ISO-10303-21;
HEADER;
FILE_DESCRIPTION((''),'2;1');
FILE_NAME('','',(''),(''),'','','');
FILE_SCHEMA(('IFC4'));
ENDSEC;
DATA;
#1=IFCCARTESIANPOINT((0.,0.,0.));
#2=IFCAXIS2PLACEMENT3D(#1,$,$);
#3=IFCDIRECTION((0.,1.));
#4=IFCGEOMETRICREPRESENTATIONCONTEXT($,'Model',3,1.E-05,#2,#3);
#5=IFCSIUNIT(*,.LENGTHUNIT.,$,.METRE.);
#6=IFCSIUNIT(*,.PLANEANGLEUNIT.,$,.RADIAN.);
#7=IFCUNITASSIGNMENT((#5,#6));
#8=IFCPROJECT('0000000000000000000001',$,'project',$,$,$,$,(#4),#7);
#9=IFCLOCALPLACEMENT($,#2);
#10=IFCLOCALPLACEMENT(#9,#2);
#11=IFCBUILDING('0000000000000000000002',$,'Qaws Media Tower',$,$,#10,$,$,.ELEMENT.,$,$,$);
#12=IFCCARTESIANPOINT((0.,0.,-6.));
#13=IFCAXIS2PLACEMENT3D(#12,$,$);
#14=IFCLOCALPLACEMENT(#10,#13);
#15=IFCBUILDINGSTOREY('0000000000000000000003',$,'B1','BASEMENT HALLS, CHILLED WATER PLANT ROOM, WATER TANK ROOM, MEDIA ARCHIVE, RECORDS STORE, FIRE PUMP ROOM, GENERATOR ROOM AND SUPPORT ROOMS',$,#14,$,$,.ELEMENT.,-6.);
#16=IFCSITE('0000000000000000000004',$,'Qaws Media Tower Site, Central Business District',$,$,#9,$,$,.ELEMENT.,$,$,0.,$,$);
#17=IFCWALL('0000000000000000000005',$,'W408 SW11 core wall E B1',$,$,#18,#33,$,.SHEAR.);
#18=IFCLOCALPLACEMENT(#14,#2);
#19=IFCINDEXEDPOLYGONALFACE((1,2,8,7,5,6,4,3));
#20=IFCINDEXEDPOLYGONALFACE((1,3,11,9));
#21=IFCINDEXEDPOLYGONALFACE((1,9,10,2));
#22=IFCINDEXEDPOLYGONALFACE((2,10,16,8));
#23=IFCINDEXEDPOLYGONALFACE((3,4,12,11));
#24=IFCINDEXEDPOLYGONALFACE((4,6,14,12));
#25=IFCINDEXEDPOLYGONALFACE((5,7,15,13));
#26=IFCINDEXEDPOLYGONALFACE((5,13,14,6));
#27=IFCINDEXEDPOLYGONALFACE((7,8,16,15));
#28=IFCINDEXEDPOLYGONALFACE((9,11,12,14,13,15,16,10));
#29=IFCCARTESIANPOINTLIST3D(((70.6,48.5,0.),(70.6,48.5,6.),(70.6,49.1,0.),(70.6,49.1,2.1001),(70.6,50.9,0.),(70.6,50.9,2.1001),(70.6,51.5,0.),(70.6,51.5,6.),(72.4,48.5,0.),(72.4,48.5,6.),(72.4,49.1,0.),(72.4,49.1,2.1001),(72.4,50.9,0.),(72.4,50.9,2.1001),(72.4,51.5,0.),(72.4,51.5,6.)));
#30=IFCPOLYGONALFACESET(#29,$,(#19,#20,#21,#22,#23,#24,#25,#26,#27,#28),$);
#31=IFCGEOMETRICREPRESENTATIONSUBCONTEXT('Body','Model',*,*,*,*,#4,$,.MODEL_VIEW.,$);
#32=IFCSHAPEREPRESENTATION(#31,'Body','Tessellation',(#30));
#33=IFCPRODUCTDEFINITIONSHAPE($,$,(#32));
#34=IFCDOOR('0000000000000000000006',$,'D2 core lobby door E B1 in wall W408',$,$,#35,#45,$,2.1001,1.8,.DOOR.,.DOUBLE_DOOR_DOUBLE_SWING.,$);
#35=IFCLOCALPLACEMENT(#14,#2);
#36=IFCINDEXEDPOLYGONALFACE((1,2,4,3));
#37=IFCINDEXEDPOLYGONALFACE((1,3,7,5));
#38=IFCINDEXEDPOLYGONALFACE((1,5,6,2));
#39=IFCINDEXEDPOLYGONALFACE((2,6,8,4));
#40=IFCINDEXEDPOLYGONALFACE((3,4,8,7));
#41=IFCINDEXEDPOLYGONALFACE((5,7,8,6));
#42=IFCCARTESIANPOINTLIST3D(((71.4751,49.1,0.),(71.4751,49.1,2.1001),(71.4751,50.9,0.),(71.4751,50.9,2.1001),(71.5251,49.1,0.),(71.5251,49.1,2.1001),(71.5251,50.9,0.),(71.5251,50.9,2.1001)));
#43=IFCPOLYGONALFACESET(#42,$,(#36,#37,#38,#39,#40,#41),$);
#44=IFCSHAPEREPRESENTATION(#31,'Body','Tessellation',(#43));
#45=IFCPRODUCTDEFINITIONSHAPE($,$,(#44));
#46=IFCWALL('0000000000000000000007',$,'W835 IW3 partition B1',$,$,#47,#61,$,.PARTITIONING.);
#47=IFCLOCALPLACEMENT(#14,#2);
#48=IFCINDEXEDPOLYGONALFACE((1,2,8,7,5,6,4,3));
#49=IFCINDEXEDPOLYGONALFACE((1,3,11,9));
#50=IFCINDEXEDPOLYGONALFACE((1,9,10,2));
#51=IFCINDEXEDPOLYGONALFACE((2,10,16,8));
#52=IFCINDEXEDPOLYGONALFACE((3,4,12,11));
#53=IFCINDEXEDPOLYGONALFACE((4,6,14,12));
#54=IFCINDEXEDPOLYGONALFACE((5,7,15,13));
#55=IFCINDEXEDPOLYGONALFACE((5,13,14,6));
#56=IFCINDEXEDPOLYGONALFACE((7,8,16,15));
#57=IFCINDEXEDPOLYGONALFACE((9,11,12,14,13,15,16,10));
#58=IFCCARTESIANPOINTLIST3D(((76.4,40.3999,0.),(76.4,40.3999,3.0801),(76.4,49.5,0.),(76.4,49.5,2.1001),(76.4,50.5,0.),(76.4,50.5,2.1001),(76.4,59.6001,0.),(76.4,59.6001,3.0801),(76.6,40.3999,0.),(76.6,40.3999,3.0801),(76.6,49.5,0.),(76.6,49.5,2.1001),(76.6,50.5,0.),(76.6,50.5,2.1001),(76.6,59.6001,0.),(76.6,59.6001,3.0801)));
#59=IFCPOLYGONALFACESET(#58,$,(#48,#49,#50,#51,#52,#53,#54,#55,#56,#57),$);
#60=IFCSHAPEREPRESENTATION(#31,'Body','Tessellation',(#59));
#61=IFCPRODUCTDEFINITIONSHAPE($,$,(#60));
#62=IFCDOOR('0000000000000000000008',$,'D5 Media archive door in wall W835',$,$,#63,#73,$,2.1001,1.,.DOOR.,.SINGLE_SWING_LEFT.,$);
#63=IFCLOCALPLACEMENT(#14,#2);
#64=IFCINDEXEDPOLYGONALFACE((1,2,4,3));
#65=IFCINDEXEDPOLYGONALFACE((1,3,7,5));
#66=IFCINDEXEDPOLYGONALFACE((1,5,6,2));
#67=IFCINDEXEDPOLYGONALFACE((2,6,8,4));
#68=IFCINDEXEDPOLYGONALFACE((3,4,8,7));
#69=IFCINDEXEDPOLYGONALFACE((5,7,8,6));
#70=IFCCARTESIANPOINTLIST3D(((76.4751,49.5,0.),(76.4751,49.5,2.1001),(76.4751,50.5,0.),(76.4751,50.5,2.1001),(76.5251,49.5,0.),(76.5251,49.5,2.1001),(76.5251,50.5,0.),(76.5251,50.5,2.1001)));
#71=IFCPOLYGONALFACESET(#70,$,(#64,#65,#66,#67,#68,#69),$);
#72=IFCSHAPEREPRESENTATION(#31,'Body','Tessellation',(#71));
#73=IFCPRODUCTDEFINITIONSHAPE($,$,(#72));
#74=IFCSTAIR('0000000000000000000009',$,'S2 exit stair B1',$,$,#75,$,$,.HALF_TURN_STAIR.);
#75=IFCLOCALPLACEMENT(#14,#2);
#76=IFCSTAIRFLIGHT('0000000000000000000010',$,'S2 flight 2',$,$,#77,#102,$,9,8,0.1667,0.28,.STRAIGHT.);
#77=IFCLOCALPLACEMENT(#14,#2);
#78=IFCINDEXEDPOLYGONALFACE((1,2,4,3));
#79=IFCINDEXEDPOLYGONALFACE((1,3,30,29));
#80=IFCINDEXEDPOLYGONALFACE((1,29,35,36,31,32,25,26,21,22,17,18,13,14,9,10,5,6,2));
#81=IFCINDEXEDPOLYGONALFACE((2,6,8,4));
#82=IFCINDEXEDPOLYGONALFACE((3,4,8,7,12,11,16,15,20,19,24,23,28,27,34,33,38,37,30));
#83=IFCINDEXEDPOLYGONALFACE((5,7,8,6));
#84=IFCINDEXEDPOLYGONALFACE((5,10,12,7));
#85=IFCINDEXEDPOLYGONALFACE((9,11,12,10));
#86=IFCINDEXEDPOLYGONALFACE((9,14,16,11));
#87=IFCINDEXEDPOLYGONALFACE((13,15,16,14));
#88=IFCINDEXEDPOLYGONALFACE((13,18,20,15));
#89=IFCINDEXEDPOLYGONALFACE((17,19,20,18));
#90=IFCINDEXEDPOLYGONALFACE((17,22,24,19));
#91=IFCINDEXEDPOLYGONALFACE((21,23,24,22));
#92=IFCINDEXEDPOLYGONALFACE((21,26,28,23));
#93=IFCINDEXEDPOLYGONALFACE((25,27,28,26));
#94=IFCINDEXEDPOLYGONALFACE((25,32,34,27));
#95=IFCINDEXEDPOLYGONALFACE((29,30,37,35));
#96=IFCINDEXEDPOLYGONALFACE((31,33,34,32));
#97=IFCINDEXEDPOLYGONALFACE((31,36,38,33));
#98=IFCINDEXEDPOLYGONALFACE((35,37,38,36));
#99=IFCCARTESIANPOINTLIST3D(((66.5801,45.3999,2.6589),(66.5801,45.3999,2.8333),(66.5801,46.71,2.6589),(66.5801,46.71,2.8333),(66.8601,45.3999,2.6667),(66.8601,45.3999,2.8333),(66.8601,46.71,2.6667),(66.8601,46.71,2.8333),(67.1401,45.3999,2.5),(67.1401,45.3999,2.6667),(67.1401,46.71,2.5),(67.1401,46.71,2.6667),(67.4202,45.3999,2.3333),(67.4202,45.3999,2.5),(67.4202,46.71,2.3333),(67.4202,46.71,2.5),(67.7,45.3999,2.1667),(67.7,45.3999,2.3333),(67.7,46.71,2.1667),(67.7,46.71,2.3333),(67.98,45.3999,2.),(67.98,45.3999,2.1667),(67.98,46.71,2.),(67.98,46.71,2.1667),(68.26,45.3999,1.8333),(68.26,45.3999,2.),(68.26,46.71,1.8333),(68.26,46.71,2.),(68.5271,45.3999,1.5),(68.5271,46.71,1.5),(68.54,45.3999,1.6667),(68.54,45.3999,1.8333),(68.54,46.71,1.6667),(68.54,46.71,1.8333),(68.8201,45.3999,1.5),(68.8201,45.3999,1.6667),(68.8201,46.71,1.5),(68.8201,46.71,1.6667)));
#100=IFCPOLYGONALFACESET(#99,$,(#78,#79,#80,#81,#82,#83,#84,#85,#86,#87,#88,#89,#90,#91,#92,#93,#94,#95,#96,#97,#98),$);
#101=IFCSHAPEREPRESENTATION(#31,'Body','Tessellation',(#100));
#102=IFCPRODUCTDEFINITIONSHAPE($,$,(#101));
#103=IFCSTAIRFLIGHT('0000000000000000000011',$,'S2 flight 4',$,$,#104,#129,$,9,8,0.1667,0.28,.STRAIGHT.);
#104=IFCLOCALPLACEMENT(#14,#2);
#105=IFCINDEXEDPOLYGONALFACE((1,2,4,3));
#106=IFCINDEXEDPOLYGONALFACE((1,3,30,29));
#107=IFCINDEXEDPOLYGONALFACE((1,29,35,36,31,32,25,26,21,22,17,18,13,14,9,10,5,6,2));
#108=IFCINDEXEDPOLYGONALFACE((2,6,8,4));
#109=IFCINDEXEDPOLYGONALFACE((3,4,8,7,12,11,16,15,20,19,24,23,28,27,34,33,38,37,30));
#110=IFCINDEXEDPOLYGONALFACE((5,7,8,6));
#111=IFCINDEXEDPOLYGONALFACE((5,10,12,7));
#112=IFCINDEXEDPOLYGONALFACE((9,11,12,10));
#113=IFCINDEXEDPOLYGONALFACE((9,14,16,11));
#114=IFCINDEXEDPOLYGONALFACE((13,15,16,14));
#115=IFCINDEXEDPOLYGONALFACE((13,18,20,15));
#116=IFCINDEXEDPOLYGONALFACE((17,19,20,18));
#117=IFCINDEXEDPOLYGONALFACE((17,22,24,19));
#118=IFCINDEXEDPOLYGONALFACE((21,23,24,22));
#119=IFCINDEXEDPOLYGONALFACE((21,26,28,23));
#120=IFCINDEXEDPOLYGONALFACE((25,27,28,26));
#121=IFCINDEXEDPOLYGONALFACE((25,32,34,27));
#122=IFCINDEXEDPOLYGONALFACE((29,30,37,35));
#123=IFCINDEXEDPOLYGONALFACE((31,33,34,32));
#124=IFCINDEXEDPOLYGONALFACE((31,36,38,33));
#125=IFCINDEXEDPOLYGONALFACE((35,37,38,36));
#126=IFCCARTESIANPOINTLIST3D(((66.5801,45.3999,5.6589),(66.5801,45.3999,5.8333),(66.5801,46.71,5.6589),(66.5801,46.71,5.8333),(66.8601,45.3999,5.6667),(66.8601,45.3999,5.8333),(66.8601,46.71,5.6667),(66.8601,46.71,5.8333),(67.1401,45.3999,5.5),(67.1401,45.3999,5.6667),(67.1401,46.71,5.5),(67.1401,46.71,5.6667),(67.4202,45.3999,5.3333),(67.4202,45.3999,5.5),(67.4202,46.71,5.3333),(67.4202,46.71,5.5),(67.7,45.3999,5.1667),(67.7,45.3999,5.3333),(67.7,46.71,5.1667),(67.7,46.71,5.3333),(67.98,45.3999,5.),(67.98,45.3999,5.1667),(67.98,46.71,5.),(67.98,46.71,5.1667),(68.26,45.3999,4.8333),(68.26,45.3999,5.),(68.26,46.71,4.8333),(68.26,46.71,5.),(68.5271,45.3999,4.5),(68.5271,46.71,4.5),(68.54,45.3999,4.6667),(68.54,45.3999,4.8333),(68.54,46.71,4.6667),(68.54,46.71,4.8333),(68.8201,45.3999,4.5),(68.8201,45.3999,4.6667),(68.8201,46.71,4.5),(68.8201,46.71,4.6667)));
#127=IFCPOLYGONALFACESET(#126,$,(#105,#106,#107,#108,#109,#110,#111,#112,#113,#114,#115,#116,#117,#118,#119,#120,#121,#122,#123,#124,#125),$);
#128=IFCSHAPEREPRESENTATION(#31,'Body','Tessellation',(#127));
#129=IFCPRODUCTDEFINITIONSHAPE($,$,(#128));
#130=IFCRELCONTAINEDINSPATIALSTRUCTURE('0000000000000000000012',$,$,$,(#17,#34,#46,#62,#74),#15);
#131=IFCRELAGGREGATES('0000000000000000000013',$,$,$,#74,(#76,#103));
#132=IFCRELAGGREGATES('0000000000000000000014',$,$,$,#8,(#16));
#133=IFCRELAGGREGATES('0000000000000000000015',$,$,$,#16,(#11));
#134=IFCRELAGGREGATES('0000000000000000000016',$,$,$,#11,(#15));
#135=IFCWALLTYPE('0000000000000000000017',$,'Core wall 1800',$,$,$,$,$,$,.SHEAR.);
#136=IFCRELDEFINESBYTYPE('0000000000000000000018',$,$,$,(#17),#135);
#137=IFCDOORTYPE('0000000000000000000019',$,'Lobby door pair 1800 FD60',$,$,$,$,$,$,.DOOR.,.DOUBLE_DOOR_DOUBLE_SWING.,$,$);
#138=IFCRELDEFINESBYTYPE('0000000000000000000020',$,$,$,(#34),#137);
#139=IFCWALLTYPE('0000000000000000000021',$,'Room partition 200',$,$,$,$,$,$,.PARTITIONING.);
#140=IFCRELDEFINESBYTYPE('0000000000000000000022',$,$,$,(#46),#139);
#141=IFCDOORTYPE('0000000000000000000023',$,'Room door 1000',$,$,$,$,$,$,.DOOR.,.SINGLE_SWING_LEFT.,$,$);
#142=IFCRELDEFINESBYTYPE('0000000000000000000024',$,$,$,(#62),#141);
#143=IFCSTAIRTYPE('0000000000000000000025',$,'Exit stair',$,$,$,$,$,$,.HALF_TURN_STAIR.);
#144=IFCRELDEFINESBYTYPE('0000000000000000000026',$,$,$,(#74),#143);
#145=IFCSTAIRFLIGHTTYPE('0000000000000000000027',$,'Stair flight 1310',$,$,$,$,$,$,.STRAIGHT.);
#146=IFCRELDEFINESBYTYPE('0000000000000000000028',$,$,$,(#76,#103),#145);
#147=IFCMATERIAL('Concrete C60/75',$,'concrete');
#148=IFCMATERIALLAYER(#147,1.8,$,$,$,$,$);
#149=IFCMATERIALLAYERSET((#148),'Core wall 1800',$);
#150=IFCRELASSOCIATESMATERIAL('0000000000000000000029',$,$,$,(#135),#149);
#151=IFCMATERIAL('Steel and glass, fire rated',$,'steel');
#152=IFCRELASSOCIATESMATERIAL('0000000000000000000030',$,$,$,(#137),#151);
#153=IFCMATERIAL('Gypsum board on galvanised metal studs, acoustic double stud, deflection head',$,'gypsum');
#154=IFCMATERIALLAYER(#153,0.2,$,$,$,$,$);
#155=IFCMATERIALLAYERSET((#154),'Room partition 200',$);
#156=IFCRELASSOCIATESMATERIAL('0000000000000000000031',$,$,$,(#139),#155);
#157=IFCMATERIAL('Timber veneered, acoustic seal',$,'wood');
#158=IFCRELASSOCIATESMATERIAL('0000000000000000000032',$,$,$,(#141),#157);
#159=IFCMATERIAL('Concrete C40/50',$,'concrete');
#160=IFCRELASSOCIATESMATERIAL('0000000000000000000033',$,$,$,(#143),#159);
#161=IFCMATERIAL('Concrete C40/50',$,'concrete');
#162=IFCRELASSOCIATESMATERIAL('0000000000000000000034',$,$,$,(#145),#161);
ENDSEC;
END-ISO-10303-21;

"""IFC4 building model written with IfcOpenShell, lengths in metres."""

from ifc_helpers import new_model, si_unit, direction, frame, frame_2d, origin, place, context, subcontext, project, spatial, polyline, rectangle, outline, extrude, material, layer, layer_set, type_object, element, fill, aggregate, save


model = new_model("IFC4")

# Units and contexts
model_context = context("Model", 3, precision=1e-05, world=origin(), true_north=direction((0.0, 1.0)))
body_context = subcontext(model_context, "Body", "Model", "MODEL_VIEW")
ifc_project = project(units=[si_unit("LENGTHUNIT", "METRE"), si_unit("PLANEANGLEUNIT", "RADIAN")], contexts=[model_context])

# Site, building, storey
site_placement = place(None, origin())
site = spatial("IfcSite", under=ifc_project, at=site_placement, Name="Qaws Media Tower Site, Central Business District", CompositionType="ELEMENT", RefElevation=0.0)
building_placement = place(site_placement, origin())
building = spatial("IfcBuilding", under=site, at=building_placement, Name="Qaws Media Tower", CompositionType="ELEMENT")
storey_placement = place(building_placement, frame((0.0, 0.0, -6.0)))
storey = spatial("IfcBuildingStorey", under=building, at=storey_placement, Name="B1", Description="BASEMENT HALLS, CHILLED WATER PLANT ROOM, WATER TANK ROOM, MEDIA ARCHIVE, RECORDS STORE, FIRE PUMP ROOM, GENERATOR ROOM AND SUPPORT ROOMS", CompositionType="ELEMENT", Elevation=-6.0)

# Shared definitions
ifc_material_1 = material(Name="Concrete C60/75", Category="concrete")
ifc_layer_1 = layer(ifc_material_1, 1.8)
ifc_layer_set_1 = layer_set([ifc_layer_1], Name="Core wall 1800")
wall_type_1 = type_object("IfcWallType", Name="Core wall 1800", PredefinedType="SHEAR", material=ifc_layer_set_1)

# Walls, openings, doors
wall_1_placement = place(storey_placement, frame((71.5, 48.5, 0.0), z_axis=(0.0, 0.0, 1.0), x_axis=(0.0, 1.0, 0.0)))
wall_1 = element("IfcWall", 1, at=wall_1_placement, inside=storey, type_object=wall_type_1, Name="W408 SW11 core wall E B1", PredefinedType="SHEAR", context=body_context, shape_type="SweptSolid", body=[
    extrude(rectangle(XDim=3.0, YDim=1.8, at=frame_2d((1.5, 0.0))), origin(), (0.0, 0.0, 1.0), 6.0),
])
opening_1_placement = place(wall_1_placement, frame((0.6001, 0.0, 0.0)))
opening_1 = element("IfcOpeningElement", 2, at=opening_1_placement, cuts=wall_1, PredefinedType="OPENING", context=body_context, shape_type="SweptSolid", body=[
    extrude(rectangle(XDim=1.8, YDim=2.1001, at=frame_2d((0.8999, 1.05))), frame((0.0, 0.9099, 0.0), z_axis=(0.0, -1.0, 0.0), x_axis=(1.0, 0.0, 0.0)), (0.0, 0.0, 1.0), 1.8201),
])
ifc_material_2 = material(Name="Steel and glass, fire rated", Category="steel")
door_type_1 = type_object("IfcDoorType", Name="Lobby door pair 1800 FD60", OperationType="DOUBLE_DOOR_DOUBLE_SWING", PredefinedType="DOOR", material=ifc_material_2)
door_1_placement = place(opening_1_placement, origin())
door_1 = element("IfcDoor", 3, at=door_1_placement, inside=storey, type_object=door_type_1, Name="D2 core lobby door E B1 in wall W408", OperationType="DOUBLE_DOOR_DOUBLE_SWING", OverallHeight=2.1001, OverallWidth=1.8, PredefinedType="DOOR", context=body_context, shape_type="SweptSolid", body=[
    extrude(rectangle(XDim=1.8, YDim=2.1001, at=frame_2d((0.8999, 1.05))), frame((0.0, 0.0249, 0.0), z_axis=(0.0, -1.0, 0.0), x_axis=(1.0, 0.0, 0.0)), (0.0, 0.0, 1.0), 0.05),
])
fill(opening_1, door_1)
ifc_material_3 = material(Name="Gypsum board on galvanised metal studs, acoustic double stud, deflection head", Category="gypsum")
ifc_layer_2 = layer(ifc_material_3, 0.2)
ifc_layer_set_2 = layer_set([ifc_layer_2], Name="Room partition 200")
wall_type_2 = type_object("IfcWallType", Name="Room partition 200", PredefinedType="PARTITIONING", material=ifc_layer_set_2)
wall_2_placement = place(storey_placement, frame((76.5, 40.3999, 0.0), z_axis=(0.0, 0.0, 1.0), x_axis=(0.0, 1.0, 0.0)))
wall_2 = element("IfcWall", 4, at=wall_2_placement, inside=storey, type_object=wall_type_2, Name="W835 IW3 partition B1", PredefinedType="PARTITIONING", context=body_context, shape_type="SweptSolid", body=[
    extrude(rectangle(XDim=19.2002, YDim=0.2, at=frame_2d((9.6001, 0.0))), origin(), (0.0, 0.0, 1.0), 3.0801),
])
opening_2_placement = place(wall_2_placement, frame((9.1001, 0.0, 0.0)))
opening_2 = element("IfcOpeningElement", 5, at=opening_2_placement, cuts=wall_2, PredefinedType="OPENING", context=body_context, shape_type="SweptSolid", body=[
    extrude(rectangle(XDim=1.0, YDim=2.1001, at=frame_2d((0.5, 1.05))), frame((0.0, 0.1099, 0.0), z_axis=(0.0, -1.0, 0.0), x_axis=(1.0, 0.0, 0.0)), (0.0, 0.0, 1.0), 0.22),
])
ifc_material_4 = material(Name="Timber veneered, acoustic seal", Category="wood")
door_type_2 = type_object("IfcDoorType", Name="Room door 1000", OperationType="SINGLE_SWING_LEFT", PredefinedType="DOOR", material=ifc_material_4)
door_2_placement = place(opening_2_placement, origin())
door_2 = element("IfcDoor", 6, at=door_2_placement, inside=storey, type_object=door_type_2, Name="D5 Media archive door in wall W835", OperationType="SINGLE_SWING_LEFT", OverallHeight=2.1001, OverallWidth=1.0, PredefinedType="DOOR", context=body_context, shape_type="SweptSolid", body=[
    extrude(rectangle(XDim=1.0, YDim=2.1001, at=frame_2d((0.5, 1.05))), frame((0.0, 0.0249, 0.0), z_axis=(0.0, -1.0, 0.0), x_axis=(1.0, 0.0, 0.0)), (0.0, 0.0, 1.0), 0.05),
])
fill(opening_2, door_2)

# Stair, stair flights
ifc_material_5 = material(Name="Concrete C40/50", Category="concrete")
stair_type = type_object("IfcStairType", Name="Exit stair", PredefinedType="HALF_TURN_STAIR", material=ifc_material_5)
stair_placement = place(storey_placement, origin())
stair = element("IfcStair", 7, at=stair_placement, inside=storey, type_object=stair_type, Name="S2 exit stair B1", PredefinedType="HALF_TURN_STAIR")
ifc_material_6 = material(Name="Concrete C40/50", Category="concrete")
stair_flight_type = type_object("IfcStairFlightType", Name="Stair flight 1310", PredefinedType="STRAIGHT", material=ifc_material_6)
stair_flight_1_placement = place(storey_placement, frame((68.8201, 46.0549, 1.5), z_axis=(0.0, 0.0, 1.0), x_axis=(-1.0, 0.0, 0.0)))
stair_flight_1 = element("IfcStairFlight", 8, at=stair_flight_1_placement, type_object=stair_flight_type, Name="S2 flight 2", NumberOfRisers=9, NumberOfTreads=8, PredefinedType="STRAIGHT", RiserHeight=0.1667, TreadLength=0.28, context=body_context, shape_type="SweptSolid", body=[
    extrude(outline(polyline([(0.0, 0.0), (0.0, 0.1667), (0.28, 0.1667), (0.28, 0.3333), (0.5601, 0.3333), (0.5601, 0.5), (0.8401, 0.5), (0.8401, 0.6667), (1.1201, 0.6667), (1.1201, 0.8333), (1.3999, 0.8333), (1.3999, 1.0), (1.6799, 1.0), (1.6799, 1.1667), (1.96, 1.1667), (1.96, 1.3333), (2.24, 1.3333), (2.24, 1.5), (2.24, 1.1589), (0.293, 0.0), (0.0, 0.0)])), frame((0.0, 0.655, 0.0), z_axis=(0.0, -1.0, 0.0), x_axis=(1.0, 0.0, 0.0)), (0.0, 0.0, 1.0), 1.3101),
])
stair_flight_2_placement = place(storey_placement, frame((68.8201, 46.0549, 4.5), z_axis=(0.0, 0.0, 1.0), x_axis=(-1.0, 0.0, 0.0)))
stair_flight_2 = element("IfcStairFlight", 9, at=stair_flight_2_placement, type_object=stair_flight_type, Name="S2 flight 4", NumberOfRisers=9, NumberOfTreads=8, PredefinedType="STRAIGHT", RiserHeight=0.1667, TreadLength=0.28, context=body_context, shape_type="SweptSolid", body=[
    extrude(outline(polyline([(0.0, 0.0), (0.0, 0.1667), (0.28, 0.1667), (0.28, 0.3333), (0.5601, 0.3333), (0.5601, 0.5), (0.8401, 0.5), (0.8401, 0.6667), (1.1201, 0.6667), (1.1201, 0.8333), (1.3999, 0.8333), (1.3999, 1.0), (1.6799, 1.0), (1.6799, 1.1667), (1.96, 1.1667), (1.96, 1.3333), (2.24, 1.3333), (2.24, 1.5), (2.24, 1.1589), (0.293, 0.0), (0.0, 0.0)])), frame((0.0, 0.655, 0.0), z_axis=(0.0, -1.0, 0.0), x_axis=(1.0, 0.0, 0.0)), (0.0, 0.0, 1.0), 1.3101),
])
aggregate(stair, [stair_flight_1, stair_flight_2])

save(model, "model.ifc")
